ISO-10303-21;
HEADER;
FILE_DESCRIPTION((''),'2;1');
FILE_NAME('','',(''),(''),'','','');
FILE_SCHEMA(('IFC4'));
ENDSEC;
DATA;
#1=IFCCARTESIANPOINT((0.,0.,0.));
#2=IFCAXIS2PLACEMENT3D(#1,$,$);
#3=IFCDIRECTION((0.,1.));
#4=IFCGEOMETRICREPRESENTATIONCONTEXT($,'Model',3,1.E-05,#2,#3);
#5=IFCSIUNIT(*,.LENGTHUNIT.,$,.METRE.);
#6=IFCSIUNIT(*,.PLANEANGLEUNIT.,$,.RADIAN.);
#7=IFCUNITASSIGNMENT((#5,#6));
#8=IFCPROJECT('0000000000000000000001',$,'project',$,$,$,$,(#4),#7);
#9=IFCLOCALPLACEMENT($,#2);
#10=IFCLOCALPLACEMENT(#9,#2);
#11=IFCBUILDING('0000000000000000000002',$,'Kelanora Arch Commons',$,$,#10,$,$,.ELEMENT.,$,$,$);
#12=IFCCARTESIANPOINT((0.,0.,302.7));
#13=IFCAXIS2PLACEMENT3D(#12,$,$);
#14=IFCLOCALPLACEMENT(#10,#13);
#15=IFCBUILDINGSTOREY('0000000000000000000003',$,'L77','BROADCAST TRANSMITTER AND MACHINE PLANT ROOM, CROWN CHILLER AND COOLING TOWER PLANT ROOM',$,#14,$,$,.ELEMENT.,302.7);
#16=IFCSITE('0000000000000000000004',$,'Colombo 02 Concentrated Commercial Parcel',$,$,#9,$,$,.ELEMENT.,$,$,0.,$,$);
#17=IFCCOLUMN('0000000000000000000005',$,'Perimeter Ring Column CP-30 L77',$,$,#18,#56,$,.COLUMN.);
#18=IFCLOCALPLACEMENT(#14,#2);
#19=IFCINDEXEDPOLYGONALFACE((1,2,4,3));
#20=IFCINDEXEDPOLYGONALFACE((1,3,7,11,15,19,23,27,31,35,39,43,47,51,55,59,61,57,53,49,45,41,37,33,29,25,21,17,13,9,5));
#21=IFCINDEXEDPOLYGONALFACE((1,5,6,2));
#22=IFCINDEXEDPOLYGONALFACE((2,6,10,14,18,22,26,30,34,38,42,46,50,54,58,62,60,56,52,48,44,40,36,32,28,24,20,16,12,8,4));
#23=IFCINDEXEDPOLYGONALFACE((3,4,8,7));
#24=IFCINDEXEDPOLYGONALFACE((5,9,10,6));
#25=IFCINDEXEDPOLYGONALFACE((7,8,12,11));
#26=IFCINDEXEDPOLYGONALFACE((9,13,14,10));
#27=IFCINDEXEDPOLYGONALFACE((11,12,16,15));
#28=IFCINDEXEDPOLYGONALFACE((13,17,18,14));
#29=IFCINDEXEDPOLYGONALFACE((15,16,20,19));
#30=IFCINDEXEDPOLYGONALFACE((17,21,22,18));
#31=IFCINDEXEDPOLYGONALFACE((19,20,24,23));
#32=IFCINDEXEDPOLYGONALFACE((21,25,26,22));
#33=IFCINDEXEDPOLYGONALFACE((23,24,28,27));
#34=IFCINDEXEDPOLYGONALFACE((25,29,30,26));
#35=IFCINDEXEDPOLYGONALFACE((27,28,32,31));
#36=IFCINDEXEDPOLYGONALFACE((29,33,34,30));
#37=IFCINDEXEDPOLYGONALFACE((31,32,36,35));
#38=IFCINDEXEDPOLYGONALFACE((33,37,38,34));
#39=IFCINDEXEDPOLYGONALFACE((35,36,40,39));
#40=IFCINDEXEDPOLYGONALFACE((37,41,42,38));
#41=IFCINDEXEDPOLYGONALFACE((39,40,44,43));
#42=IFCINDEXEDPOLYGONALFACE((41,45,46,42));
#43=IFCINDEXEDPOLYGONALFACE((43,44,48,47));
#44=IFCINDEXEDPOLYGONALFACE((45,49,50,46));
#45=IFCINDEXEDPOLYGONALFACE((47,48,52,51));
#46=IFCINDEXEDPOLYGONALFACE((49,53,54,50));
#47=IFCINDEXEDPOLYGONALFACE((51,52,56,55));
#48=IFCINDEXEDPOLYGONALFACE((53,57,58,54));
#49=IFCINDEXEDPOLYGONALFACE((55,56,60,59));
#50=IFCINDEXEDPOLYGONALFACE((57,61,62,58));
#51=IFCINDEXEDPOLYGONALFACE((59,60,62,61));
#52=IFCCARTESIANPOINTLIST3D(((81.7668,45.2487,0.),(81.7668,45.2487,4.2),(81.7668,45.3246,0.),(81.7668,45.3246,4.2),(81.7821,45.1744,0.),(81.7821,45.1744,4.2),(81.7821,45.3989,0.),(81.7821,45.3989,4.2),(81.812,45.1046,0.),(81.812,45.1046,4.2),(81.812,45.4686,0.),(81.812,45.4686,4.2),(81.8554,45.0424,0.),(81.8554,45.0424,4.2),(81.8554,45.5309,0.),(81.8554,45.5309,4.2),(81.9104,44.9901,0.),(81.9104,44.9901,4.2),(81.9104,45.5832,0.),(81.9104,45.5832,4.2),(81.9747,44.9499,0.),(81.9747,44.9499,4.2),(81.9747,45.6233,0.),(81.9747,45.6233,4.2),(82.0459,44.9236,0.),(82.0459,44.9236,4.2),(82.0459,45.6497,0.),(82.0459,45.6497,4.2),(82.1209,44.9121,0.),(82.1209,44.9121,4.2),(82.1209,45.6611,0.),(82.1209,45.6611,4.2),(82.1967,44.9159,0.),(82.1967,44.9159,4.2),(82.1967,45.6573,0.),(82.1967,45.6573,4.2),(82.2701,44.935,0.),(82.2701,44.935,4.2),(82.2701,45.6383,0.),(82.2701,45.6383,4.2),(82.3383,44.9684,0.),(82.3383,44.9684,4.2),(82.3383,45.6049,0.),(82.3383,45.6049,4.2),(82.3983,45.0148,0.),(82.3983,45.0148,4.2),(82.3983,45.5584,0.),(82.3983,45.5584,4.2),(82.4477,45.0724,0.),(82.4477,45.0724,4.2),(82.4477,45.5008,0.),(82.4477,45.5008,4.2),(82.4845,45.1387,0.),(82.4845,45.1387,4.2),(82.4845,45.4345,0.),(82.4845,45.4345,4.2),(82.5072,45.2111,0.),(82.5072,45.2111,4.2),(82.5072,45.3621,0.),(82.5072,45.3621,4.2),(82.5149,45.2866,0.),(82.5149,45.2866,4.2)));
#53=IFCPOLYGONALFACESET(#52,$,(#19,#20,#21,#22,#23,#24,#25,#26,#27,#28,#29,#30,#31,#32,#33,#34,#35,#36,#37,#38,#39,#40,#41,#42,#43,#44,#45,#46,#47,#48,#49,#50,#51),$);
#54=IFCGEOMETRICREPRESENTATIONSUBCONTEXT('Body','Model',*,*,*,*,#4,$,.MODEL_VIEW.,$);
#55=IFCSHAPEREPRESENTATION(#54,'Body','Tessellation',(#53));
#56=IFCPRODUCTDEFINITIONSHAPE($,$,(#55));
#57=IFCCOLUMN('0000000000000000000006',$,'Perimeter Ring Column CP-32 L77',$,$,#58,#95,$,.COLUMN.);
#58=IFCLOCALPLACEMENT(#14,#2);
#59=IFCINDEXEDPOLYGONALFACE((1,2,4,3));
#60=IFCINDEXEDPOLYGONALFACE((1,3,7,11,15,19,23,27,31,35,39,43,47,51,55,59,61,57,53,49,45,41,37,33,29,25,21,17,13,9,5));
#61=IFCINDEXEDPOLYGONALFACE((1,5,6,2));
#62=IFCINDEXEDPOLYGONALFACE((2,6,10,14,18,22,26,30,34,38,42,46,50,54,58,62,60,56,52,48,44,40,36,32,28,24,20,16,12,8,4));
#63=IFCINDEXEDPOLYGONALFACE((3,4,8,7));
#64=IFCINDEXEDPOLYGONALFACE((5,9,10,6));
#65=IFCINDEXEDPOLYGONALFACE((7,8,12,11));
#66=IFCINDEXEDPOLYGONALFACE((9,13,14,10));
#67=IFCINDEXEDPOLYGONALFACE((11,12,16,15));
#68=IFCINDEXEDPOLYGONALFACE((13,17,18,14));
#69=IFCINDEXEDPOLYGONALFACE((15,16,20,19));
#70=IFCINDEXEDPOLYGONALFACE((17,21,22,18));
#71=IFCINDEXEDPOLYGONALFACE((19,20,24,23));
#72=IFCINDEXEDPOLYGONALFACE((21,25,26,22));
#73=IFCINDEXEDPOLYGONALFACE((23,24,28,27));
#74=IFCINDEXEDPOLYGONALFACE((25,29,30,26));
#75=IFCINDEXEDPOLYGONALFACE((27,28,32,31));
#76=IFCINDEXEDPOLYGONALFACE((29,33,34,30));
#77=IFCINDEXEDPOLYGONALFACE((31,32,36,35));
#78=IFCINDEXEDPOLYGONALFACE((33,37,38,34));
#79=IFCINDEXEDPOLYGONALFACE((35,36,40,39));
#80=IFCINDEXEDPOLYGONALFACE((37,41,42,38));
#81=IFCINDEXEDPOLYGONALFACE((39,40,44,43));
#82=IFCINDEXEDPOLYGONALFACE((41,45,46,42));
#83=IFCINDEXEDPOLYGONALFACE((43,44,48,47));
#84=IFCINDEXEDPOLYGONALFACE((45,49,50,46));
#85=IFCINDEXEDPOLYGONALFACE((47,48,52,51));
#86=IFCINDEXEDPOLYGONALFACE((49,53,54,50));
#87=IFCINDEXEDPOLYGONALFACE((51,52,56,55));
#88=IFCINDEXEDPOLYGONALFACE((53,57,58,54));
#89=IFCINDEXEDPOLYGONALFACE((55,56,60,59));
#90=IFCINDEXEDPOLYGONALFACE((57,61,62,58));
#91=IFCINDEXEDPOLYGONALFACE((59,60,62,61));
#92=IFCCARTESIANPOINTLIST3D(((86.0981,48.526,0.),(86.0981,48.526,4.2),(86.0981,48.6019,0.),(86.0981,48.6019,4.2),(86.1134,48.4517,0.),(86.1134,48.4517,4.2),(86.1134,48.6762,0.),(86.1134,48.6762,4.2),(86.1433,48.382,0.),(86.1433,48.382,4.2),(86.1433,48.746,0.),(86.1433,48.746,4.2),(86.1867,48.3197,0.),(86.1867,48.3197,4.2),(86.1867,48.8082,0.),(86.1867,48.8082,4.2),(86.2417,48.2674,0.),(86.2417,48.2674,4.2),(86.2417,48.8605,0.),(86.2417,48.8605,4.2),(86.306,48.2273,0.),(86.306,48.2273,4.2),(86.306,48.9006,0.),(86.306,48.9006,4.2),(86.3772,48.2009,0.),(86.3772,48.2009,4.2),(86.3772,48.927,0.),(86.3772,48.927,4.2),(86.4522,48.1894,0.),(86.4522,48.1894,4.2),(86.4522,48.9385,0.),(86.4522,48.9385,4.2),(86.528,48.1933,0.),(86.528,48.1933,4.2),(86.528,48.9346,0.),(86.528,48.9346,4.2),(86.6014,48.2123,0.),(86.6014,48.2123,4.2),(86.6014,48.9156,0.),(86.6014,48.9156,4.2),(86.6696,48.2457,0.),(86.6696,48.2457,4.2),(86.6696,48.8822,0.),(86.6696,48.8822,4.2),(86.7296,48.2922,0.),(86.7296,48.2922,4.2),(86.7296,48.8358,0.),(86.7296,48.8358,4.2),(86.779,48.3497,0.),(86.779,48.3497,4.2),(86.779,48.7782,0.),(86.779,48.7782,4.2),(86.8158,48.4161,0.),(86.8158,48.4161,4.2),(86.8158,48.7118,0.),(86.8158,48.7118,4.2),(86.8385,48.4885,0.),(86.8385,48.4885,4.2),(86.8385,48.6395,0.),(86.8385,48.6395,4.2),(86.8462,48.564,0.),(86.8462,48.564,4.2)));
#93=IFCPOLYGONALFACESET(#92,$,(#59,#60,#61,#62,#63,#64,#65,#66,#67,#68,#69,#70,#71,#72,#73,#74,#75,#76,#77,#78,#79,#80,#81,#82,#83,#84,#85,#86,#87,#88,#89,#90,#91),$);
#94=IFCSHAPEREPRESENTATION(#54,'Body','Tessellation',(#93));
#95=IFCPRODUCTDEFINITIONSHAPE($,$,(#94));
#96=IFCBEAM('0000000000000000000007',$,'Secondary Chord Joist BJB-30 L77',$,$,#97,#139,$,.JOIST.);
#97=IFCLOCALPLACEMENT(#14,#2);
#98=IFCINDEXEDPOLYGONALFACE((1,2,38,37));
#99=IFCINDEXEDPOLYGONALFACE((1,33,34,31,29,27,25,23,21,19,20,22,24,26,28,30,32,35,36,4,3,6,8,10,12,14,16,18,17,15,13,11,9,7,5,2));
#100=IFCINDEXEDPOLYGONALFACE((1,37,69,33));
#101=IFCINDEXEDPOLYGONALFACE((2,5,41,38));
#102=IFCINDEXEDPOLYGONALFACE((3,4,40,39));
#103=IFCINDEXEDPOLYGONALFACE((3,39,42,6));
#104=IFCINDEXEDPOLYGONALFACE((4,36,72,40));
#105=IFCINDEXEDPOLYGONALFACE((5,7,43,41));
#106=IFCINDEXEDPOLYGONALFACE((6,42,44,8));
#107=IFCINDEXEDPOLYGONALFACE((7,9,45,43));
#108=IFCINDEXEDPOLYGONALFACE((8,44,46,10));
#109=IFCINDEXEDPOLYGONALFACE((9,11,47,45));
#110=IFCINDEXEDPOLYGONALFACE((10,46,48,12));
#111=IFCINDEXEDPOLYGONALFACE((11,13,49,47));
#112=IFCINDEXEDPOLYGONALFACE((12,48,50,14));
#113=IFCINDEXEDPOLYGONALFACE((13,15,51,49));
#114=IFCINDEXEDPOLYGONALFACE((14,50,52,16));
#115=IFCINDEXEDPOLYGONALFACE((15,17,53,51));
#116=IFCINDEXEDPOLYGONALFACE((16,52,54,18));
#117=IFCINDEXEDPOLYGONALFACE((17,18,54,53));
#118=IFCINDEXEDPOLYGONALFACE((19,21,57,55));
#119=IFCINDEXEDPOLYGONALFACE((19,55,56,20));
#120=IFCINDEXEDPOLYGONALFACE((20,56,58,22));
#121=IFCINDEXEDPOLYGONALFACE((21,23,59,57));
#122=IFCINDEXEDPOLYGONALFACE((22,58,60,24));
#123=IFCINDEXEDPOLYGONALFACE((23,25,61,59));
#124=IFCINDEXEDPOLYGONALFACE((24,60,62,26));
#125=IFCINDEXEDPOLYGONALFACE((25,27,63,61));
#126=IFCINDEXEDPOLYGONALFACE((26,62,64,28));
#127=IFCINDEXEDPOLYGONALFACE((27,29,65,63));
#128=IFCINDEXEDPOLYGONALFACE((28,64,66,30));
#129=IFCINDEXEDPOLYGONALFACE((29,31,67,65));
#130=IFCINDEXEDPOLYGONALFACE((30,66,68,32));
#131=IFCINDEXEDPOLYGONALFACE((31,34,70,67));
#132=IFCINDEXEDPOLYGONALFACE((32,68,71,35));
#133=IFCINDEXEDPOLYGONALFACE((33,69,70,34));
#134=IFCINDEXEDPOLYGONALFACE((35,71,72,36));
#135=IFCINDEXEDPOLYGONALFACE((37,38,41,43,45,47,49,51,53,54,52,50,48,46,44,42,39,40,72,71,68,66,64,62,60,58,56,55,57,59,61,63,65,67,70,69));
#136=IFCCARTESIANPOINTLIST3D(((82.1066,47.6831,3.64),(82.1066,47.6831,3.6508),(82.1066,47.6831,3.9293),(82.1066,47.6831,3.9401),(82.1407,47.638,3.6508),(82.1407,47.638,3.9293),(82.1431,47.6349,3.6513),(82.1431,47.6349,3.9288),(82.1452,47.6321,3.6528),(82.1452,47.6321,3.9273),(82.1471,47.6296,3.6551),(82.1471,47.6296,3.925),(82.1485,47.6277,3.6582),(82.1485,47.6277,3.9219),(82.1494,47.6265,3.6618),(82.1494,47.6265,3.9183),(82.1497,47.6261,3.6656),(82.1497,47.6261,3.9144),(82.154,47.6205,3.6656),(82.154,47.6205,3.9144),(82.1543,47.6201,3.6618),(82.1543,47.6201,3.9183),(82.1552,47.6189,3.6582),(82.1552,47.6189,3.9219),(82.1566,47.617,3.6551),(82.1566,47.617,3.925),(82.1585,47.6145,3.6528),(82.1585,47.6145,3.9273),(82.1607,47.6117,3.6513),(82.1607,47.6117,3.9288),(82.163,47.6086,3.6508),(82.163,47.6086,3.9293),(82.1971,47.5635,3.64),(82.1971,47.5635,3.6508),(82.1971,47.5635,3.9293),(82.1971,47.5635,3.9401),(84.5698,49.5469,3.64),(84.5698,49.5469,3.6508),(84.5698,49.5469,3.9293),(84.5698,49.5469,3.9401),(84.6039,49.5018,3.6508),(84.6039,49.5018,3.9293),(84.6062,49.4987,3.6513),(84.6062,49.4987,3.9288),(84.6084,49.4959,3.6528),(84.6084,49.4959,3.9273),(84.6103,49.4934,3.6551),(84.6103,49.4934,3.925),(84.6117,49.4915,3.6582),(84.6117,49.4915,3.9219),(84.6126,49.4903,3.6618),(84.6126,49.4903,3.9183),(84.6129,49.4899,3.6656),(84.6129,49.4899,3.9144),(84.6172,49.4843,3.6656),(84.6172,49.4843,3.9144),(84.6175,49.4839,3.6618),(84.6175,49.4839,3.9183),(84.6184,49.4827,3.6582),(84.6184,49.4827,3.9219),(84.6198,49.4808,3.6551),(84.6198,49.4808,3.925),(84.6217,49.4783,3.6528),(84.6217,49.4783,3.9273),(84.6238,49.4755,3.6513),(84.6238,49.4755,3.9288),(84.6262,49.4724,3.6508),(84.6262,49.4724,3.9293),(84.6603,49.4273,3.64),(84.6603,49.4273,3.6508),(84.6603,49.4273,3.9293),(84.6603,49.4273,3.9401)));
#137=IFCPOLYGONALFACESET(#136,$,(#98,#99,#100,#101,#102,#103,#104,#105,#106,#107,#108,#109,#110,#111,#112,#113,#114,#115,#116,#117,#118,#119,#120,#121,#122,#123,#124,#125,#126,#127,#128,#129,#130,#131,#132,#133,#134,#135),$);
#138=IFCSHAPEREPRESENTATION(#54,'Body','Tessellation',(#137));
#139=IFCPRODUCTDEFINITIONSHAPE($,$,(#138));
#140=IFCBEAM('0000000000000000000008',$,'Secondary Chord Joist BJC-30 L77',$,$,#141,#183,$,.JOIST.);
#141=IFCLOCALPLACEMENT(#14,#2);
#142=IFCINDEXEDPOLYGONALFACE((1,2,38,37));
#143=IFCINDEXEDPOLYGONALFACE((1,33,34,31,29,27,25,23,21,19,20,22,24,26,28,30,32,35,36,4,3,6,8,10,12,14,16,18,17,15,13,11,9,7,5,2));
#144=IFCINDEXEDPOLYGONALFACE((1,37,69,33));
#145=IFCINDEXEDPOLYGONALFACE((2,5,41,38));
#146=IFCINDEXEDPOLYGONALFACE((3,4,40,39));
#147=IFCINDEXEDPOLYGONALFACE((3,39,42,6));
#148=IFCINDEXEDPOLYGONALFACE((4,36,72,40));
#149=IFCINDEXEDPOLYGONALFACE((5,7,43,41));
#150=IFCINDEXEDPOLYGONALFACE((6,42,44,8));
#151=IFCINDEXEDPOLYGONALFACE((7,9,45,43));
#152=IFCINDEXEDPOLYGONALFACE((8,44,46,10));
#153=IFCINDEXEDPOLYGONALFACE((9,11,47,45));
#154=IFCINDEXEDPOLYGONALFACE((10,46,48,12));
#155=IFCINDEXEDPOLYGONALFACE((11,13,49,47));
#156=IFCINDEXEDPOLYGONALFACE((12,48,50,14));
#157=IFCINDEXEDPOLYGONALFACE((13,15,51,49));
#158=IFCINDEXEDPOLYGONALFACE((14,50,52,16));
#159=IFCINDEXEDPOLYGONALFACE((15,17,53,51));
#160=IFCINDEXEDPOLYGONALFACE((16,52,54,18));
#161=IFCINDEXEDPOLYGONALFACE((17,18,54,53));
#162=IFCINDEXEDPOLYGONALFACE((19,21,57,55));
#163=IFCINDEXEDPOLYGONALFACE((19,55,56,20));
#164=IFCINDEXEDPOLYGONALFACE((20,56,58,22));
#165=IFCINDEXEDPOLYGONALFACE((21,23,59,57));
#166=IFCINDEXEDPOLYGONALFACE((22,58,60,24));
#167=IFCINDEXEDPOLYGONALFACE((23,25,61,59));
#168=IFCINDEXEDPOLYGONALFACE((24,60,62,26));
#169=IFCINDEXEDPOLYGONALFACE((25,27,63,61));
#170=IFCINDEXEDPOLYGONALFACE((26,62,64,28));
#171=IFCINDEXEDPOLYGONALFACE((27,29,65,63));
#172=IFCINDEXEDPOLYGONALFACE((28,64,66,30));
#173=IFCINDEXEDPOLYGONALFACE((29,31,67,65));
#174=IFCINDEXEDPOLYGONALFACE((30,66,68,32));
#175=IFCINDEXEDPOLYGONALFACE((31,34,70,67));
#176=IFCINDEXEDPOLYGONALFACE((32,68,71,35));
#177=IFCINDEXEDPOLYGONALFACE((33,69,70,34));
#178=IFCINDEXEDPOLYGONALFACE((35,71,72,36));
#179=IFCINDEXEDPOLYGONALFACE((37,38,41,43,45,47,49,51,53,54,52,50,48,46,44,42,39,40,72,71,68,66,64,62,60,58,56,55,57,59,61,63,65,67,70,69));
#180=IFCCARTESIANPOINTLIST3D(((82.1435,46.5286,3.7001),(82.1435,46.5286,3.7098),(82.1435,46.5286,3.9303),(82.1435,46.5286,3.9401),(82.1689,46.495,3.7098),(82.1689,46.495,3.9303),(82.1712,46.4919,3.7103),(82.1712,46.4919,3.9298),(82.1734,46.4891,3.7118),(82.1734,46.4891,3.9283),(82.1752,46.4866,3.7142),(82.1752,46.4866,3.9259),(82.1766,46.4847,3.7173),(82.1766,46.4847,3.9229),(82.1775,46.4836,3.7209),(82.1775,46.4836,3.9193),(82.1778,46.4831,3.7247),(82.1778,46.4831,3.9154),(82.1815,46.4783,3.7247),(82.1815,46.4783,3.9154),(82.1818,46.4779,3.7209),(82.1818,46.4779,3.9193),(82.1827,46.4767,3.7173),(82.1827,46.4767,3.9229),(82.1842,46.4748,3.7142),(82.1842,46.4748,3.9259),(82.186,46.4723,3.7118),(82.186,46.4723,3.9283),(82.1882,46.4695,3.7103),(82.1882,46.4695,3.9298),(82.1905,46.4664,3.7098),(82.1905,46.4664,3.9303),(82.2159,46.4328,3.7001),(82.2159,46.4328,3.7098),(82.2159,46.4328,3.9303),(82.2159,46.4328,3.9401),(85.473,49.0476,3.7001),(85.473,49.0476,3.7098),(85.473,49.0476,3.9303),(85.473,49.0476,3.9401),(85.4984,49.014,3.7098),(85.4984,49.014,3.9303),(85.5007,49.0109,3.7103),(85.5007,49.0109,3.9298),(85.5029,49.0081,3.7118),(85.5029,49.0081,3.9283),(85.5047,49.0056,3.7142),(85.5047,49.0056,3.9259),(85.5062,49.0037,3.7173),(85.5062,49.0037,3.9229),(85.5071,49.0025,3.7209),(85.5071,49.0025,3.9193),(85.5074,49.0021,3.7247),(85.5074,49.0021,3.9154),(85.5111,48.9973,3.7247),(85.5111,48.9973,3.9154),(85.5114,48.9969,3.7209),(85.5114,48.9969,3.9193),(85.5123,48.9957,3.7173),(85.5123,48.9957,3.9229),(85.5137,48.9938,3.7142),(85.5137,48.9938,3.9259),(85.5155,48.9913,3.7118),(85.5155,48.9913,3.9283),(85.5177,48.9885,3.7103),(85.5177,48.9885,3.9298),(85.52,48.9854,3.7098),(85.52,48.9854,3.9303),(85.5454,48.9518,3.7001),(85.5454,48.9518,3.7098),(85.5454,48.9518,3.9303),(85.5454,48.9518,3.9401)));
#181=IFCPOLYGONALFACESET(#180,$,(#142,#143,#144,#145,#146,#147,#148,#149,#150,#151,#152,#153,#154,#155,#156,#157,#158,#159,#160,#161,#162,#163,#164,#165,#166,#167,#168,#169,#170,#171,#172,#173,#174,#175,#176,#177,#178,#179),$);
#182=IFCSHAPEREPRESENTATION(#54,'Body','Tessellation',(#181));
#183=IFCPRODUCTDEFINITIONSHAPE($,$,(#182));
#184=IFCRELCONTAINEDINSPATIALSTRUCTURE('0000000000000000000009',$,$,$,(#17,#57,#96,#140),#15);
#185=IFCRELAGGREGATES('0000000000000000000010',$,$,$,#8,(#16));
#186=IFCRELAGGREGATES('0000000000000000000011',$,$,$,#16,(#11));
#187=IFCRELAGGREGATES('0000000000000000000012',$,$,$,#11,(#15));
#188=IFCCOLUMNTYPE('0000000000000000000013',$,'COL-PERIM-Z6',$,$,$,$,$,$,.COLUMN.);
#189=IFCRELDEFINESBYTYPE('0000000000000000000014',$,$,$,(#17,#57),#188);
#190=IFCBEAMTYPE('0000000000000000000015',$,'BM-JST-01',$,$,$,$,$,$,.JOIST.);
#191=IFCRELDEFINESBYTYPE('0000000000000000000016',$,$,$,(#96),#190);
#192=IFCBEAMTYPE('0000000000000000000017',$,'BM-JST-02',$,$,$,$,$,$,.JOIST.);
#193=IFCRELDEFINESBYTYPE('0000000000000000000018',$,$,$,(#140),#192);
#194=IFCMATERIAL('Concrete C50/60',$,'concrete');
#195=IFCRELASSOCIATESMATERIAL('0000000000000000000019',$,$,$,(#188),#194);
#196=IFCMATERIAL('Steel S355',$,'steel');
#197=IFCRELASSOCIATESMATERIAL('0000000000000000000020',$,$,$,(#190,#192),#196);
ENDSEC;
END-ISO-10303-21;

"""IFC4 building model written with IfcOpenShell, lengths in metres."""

from ifc_helpers import new_model, si_unit, direction, frame, origin, origin_2d, place, context, subcontext, project, spatial, circle, i_section, extrude, material, material_profile, profile_set, type_object, element, save


model = new_model("IFC4")

# Units and contexts
model_context = context("Model", 3, precision=1e-05, world=origin(), true_north=direction((0.0, 1.0)))
body_context = subcontext(model_context, "Body", "Model", "MODEL_VIEW")
ifc_project = project(units=[si_unit("LENGTHUNIT", "METRE"), si_unit("PLANEANGLEUNIT", "RADIAN")], contexts=[model_context])

# Site, building, storey
site_placement = place(None, origin())
site = spatial("IfcSite", under=ifc_project, at=site_placement, Name="Colombo 02 Concentrated Commercial Parcel", CompositionType="ELEMENT", RefElevation=0.0)
building_placement = place(site_placement, origin())
building = spatial("IfcBuilding", under=site, at=building_placement, Name="Kelanora Arch Commons", CompositionType="ELEMENT")
storey_placement = place(building_placement, frame((0.0, 0.0, 302.7)))
storey = spatial("IfcBuildingStorey", under=building, at=storey_placement, Name="L77", Description="BROADCAST TRANSMITTER AND MACHINE PLANT ROOM, CROWN CHILLER AND COOLING TOWER PLANT ROOM", CompositionType="ELEMENT", Elevation=302.7)

# Columns
ifc_material_1 = material(Name="Concrete C50/60", Category="concrete")
ifc_material_profile_1 = material_profile(ifc_material_1, circle(Radius=0.375, at=origin_2d()), Name="RCC750")
ifc_profile_set_1 = profile_set([ifc_material_profile_1], Name="Concrete C50/60")
column_type = type_object("IfcColumnType", Name="COL-PERIM-Z6", PredefinedType="COLUMN", material=ifc_profile_set_1)
for number, where, z_axis, x_axis, name in (
    (1, (82.1399, 45.2866, 0.0), (0.0, 0.0, 1.0), (1.0, 0.0, 0.0), "Perimeter Ring Column CP-30 L77"),
    (2, (86.4712, 48.564, 0.0), (0.0, 0.0, 1.0), (1.0, 0.0, 0.0), "Perimeter Ring Column CP-32 L77"),
):
    element("IfcColumn", number, at=place(storey_placement, frame(where, z_axis=z_axis, x_axis=x_axis)), inside=storey, type_object=column_type, Name=name, PredefinedType="COLUMN", context=body_context, shape_type="SweptSolid", body=[
        extrude(circle(Radius=0.375, at=origin_2d()), origin(), (0.0, 0.0, 1.0), 4.2),
    ])

# Beams
ifc_material_2 = material(Name="Steel S355", Category="steel")
ifc_material_profile_2 = material_profile(ifc_material_2, i_section(OverallWidth=0.1499, OverallDepth=0.3, WebThickness=0.0071, FlangeThickness=0.0107, FilletRadius=0.0149, at=origin_2d()), Name="IPE300")
ifc_profile_set_2 = profile_set([ifc_material_profile_2], Name="Steel S355")
beam_type_1 = type_object("IfcBeamType", Name="BM-JST-01", PredefinedType="JOIST", material=ifc_profile_set_2)
beam_1_placement = place(storey_placement, frame((82.1519, 47.6233, 3.79), z_axis=(0.797441, 0.603396, 0.0), x_axis=(-0.603396, 0.797441, 0.0)))
element("IfcBeam", 3, at=beam_1_placement, inside=storey, type_object=beam_type_1, Name="Secondary Chord Joist BJB-30 L77", PredefinedType="JOIST", context=body_context, shape_type="SweptSolid", body=[
    extrude(i_section(OverallWidth=0.1499, OverallDepth=0.3, WebThickness=0.0071, FlangeThickness=0.0107, FilletRadius=0.0149, at=origin_2d()), origin(), (0.0, 0.0, 1.0), 3.0889),
])
ifc_material_profile_3 = material_profile(ifc_material_2, i_section(OverallWidth=0.1201, OverallDepth=0.24, WebThickness=0.0061, FlangeThickness=0.0098, FilletRadius=0.0149, at=origin_2d()), Name="IPE240")
ifc_profile_set_3 = profile_set([ifc_material_profile_3], Name="Steel S355")
beam_type_2 = type_object("IfcBeamType", Name="BM-JST-02", PredefinedType="JOIST", material=ifc_profile_set_3)
beam_2_placement = place(storey_placement, frame((82.1797, 46.4807, 3.8201), z_axis=(0.797481, 0.603344, 0.0), x_axis=(-0.603344, 0.797481, 0.0)))
element("IfcBeam", 4, at=beam_2_placement, inside=storey, type_object=beam_type_2, Name="Secondary Chord Joist BJC-30 L77", PredefinedType="JOIST", context=body_context, shape_type="SweptSolid", body=[
    extrude(i_section(OverallWidth=0.1201, OverallDepth=0.24, WebThickness=0.0061, FlangeThickness=0.0098, FilletRadius=0.0149, at=origin_2d()), origin(), (0.0, 0.0, 1.0), 4.175),
])

save(model, "model.ifc")
